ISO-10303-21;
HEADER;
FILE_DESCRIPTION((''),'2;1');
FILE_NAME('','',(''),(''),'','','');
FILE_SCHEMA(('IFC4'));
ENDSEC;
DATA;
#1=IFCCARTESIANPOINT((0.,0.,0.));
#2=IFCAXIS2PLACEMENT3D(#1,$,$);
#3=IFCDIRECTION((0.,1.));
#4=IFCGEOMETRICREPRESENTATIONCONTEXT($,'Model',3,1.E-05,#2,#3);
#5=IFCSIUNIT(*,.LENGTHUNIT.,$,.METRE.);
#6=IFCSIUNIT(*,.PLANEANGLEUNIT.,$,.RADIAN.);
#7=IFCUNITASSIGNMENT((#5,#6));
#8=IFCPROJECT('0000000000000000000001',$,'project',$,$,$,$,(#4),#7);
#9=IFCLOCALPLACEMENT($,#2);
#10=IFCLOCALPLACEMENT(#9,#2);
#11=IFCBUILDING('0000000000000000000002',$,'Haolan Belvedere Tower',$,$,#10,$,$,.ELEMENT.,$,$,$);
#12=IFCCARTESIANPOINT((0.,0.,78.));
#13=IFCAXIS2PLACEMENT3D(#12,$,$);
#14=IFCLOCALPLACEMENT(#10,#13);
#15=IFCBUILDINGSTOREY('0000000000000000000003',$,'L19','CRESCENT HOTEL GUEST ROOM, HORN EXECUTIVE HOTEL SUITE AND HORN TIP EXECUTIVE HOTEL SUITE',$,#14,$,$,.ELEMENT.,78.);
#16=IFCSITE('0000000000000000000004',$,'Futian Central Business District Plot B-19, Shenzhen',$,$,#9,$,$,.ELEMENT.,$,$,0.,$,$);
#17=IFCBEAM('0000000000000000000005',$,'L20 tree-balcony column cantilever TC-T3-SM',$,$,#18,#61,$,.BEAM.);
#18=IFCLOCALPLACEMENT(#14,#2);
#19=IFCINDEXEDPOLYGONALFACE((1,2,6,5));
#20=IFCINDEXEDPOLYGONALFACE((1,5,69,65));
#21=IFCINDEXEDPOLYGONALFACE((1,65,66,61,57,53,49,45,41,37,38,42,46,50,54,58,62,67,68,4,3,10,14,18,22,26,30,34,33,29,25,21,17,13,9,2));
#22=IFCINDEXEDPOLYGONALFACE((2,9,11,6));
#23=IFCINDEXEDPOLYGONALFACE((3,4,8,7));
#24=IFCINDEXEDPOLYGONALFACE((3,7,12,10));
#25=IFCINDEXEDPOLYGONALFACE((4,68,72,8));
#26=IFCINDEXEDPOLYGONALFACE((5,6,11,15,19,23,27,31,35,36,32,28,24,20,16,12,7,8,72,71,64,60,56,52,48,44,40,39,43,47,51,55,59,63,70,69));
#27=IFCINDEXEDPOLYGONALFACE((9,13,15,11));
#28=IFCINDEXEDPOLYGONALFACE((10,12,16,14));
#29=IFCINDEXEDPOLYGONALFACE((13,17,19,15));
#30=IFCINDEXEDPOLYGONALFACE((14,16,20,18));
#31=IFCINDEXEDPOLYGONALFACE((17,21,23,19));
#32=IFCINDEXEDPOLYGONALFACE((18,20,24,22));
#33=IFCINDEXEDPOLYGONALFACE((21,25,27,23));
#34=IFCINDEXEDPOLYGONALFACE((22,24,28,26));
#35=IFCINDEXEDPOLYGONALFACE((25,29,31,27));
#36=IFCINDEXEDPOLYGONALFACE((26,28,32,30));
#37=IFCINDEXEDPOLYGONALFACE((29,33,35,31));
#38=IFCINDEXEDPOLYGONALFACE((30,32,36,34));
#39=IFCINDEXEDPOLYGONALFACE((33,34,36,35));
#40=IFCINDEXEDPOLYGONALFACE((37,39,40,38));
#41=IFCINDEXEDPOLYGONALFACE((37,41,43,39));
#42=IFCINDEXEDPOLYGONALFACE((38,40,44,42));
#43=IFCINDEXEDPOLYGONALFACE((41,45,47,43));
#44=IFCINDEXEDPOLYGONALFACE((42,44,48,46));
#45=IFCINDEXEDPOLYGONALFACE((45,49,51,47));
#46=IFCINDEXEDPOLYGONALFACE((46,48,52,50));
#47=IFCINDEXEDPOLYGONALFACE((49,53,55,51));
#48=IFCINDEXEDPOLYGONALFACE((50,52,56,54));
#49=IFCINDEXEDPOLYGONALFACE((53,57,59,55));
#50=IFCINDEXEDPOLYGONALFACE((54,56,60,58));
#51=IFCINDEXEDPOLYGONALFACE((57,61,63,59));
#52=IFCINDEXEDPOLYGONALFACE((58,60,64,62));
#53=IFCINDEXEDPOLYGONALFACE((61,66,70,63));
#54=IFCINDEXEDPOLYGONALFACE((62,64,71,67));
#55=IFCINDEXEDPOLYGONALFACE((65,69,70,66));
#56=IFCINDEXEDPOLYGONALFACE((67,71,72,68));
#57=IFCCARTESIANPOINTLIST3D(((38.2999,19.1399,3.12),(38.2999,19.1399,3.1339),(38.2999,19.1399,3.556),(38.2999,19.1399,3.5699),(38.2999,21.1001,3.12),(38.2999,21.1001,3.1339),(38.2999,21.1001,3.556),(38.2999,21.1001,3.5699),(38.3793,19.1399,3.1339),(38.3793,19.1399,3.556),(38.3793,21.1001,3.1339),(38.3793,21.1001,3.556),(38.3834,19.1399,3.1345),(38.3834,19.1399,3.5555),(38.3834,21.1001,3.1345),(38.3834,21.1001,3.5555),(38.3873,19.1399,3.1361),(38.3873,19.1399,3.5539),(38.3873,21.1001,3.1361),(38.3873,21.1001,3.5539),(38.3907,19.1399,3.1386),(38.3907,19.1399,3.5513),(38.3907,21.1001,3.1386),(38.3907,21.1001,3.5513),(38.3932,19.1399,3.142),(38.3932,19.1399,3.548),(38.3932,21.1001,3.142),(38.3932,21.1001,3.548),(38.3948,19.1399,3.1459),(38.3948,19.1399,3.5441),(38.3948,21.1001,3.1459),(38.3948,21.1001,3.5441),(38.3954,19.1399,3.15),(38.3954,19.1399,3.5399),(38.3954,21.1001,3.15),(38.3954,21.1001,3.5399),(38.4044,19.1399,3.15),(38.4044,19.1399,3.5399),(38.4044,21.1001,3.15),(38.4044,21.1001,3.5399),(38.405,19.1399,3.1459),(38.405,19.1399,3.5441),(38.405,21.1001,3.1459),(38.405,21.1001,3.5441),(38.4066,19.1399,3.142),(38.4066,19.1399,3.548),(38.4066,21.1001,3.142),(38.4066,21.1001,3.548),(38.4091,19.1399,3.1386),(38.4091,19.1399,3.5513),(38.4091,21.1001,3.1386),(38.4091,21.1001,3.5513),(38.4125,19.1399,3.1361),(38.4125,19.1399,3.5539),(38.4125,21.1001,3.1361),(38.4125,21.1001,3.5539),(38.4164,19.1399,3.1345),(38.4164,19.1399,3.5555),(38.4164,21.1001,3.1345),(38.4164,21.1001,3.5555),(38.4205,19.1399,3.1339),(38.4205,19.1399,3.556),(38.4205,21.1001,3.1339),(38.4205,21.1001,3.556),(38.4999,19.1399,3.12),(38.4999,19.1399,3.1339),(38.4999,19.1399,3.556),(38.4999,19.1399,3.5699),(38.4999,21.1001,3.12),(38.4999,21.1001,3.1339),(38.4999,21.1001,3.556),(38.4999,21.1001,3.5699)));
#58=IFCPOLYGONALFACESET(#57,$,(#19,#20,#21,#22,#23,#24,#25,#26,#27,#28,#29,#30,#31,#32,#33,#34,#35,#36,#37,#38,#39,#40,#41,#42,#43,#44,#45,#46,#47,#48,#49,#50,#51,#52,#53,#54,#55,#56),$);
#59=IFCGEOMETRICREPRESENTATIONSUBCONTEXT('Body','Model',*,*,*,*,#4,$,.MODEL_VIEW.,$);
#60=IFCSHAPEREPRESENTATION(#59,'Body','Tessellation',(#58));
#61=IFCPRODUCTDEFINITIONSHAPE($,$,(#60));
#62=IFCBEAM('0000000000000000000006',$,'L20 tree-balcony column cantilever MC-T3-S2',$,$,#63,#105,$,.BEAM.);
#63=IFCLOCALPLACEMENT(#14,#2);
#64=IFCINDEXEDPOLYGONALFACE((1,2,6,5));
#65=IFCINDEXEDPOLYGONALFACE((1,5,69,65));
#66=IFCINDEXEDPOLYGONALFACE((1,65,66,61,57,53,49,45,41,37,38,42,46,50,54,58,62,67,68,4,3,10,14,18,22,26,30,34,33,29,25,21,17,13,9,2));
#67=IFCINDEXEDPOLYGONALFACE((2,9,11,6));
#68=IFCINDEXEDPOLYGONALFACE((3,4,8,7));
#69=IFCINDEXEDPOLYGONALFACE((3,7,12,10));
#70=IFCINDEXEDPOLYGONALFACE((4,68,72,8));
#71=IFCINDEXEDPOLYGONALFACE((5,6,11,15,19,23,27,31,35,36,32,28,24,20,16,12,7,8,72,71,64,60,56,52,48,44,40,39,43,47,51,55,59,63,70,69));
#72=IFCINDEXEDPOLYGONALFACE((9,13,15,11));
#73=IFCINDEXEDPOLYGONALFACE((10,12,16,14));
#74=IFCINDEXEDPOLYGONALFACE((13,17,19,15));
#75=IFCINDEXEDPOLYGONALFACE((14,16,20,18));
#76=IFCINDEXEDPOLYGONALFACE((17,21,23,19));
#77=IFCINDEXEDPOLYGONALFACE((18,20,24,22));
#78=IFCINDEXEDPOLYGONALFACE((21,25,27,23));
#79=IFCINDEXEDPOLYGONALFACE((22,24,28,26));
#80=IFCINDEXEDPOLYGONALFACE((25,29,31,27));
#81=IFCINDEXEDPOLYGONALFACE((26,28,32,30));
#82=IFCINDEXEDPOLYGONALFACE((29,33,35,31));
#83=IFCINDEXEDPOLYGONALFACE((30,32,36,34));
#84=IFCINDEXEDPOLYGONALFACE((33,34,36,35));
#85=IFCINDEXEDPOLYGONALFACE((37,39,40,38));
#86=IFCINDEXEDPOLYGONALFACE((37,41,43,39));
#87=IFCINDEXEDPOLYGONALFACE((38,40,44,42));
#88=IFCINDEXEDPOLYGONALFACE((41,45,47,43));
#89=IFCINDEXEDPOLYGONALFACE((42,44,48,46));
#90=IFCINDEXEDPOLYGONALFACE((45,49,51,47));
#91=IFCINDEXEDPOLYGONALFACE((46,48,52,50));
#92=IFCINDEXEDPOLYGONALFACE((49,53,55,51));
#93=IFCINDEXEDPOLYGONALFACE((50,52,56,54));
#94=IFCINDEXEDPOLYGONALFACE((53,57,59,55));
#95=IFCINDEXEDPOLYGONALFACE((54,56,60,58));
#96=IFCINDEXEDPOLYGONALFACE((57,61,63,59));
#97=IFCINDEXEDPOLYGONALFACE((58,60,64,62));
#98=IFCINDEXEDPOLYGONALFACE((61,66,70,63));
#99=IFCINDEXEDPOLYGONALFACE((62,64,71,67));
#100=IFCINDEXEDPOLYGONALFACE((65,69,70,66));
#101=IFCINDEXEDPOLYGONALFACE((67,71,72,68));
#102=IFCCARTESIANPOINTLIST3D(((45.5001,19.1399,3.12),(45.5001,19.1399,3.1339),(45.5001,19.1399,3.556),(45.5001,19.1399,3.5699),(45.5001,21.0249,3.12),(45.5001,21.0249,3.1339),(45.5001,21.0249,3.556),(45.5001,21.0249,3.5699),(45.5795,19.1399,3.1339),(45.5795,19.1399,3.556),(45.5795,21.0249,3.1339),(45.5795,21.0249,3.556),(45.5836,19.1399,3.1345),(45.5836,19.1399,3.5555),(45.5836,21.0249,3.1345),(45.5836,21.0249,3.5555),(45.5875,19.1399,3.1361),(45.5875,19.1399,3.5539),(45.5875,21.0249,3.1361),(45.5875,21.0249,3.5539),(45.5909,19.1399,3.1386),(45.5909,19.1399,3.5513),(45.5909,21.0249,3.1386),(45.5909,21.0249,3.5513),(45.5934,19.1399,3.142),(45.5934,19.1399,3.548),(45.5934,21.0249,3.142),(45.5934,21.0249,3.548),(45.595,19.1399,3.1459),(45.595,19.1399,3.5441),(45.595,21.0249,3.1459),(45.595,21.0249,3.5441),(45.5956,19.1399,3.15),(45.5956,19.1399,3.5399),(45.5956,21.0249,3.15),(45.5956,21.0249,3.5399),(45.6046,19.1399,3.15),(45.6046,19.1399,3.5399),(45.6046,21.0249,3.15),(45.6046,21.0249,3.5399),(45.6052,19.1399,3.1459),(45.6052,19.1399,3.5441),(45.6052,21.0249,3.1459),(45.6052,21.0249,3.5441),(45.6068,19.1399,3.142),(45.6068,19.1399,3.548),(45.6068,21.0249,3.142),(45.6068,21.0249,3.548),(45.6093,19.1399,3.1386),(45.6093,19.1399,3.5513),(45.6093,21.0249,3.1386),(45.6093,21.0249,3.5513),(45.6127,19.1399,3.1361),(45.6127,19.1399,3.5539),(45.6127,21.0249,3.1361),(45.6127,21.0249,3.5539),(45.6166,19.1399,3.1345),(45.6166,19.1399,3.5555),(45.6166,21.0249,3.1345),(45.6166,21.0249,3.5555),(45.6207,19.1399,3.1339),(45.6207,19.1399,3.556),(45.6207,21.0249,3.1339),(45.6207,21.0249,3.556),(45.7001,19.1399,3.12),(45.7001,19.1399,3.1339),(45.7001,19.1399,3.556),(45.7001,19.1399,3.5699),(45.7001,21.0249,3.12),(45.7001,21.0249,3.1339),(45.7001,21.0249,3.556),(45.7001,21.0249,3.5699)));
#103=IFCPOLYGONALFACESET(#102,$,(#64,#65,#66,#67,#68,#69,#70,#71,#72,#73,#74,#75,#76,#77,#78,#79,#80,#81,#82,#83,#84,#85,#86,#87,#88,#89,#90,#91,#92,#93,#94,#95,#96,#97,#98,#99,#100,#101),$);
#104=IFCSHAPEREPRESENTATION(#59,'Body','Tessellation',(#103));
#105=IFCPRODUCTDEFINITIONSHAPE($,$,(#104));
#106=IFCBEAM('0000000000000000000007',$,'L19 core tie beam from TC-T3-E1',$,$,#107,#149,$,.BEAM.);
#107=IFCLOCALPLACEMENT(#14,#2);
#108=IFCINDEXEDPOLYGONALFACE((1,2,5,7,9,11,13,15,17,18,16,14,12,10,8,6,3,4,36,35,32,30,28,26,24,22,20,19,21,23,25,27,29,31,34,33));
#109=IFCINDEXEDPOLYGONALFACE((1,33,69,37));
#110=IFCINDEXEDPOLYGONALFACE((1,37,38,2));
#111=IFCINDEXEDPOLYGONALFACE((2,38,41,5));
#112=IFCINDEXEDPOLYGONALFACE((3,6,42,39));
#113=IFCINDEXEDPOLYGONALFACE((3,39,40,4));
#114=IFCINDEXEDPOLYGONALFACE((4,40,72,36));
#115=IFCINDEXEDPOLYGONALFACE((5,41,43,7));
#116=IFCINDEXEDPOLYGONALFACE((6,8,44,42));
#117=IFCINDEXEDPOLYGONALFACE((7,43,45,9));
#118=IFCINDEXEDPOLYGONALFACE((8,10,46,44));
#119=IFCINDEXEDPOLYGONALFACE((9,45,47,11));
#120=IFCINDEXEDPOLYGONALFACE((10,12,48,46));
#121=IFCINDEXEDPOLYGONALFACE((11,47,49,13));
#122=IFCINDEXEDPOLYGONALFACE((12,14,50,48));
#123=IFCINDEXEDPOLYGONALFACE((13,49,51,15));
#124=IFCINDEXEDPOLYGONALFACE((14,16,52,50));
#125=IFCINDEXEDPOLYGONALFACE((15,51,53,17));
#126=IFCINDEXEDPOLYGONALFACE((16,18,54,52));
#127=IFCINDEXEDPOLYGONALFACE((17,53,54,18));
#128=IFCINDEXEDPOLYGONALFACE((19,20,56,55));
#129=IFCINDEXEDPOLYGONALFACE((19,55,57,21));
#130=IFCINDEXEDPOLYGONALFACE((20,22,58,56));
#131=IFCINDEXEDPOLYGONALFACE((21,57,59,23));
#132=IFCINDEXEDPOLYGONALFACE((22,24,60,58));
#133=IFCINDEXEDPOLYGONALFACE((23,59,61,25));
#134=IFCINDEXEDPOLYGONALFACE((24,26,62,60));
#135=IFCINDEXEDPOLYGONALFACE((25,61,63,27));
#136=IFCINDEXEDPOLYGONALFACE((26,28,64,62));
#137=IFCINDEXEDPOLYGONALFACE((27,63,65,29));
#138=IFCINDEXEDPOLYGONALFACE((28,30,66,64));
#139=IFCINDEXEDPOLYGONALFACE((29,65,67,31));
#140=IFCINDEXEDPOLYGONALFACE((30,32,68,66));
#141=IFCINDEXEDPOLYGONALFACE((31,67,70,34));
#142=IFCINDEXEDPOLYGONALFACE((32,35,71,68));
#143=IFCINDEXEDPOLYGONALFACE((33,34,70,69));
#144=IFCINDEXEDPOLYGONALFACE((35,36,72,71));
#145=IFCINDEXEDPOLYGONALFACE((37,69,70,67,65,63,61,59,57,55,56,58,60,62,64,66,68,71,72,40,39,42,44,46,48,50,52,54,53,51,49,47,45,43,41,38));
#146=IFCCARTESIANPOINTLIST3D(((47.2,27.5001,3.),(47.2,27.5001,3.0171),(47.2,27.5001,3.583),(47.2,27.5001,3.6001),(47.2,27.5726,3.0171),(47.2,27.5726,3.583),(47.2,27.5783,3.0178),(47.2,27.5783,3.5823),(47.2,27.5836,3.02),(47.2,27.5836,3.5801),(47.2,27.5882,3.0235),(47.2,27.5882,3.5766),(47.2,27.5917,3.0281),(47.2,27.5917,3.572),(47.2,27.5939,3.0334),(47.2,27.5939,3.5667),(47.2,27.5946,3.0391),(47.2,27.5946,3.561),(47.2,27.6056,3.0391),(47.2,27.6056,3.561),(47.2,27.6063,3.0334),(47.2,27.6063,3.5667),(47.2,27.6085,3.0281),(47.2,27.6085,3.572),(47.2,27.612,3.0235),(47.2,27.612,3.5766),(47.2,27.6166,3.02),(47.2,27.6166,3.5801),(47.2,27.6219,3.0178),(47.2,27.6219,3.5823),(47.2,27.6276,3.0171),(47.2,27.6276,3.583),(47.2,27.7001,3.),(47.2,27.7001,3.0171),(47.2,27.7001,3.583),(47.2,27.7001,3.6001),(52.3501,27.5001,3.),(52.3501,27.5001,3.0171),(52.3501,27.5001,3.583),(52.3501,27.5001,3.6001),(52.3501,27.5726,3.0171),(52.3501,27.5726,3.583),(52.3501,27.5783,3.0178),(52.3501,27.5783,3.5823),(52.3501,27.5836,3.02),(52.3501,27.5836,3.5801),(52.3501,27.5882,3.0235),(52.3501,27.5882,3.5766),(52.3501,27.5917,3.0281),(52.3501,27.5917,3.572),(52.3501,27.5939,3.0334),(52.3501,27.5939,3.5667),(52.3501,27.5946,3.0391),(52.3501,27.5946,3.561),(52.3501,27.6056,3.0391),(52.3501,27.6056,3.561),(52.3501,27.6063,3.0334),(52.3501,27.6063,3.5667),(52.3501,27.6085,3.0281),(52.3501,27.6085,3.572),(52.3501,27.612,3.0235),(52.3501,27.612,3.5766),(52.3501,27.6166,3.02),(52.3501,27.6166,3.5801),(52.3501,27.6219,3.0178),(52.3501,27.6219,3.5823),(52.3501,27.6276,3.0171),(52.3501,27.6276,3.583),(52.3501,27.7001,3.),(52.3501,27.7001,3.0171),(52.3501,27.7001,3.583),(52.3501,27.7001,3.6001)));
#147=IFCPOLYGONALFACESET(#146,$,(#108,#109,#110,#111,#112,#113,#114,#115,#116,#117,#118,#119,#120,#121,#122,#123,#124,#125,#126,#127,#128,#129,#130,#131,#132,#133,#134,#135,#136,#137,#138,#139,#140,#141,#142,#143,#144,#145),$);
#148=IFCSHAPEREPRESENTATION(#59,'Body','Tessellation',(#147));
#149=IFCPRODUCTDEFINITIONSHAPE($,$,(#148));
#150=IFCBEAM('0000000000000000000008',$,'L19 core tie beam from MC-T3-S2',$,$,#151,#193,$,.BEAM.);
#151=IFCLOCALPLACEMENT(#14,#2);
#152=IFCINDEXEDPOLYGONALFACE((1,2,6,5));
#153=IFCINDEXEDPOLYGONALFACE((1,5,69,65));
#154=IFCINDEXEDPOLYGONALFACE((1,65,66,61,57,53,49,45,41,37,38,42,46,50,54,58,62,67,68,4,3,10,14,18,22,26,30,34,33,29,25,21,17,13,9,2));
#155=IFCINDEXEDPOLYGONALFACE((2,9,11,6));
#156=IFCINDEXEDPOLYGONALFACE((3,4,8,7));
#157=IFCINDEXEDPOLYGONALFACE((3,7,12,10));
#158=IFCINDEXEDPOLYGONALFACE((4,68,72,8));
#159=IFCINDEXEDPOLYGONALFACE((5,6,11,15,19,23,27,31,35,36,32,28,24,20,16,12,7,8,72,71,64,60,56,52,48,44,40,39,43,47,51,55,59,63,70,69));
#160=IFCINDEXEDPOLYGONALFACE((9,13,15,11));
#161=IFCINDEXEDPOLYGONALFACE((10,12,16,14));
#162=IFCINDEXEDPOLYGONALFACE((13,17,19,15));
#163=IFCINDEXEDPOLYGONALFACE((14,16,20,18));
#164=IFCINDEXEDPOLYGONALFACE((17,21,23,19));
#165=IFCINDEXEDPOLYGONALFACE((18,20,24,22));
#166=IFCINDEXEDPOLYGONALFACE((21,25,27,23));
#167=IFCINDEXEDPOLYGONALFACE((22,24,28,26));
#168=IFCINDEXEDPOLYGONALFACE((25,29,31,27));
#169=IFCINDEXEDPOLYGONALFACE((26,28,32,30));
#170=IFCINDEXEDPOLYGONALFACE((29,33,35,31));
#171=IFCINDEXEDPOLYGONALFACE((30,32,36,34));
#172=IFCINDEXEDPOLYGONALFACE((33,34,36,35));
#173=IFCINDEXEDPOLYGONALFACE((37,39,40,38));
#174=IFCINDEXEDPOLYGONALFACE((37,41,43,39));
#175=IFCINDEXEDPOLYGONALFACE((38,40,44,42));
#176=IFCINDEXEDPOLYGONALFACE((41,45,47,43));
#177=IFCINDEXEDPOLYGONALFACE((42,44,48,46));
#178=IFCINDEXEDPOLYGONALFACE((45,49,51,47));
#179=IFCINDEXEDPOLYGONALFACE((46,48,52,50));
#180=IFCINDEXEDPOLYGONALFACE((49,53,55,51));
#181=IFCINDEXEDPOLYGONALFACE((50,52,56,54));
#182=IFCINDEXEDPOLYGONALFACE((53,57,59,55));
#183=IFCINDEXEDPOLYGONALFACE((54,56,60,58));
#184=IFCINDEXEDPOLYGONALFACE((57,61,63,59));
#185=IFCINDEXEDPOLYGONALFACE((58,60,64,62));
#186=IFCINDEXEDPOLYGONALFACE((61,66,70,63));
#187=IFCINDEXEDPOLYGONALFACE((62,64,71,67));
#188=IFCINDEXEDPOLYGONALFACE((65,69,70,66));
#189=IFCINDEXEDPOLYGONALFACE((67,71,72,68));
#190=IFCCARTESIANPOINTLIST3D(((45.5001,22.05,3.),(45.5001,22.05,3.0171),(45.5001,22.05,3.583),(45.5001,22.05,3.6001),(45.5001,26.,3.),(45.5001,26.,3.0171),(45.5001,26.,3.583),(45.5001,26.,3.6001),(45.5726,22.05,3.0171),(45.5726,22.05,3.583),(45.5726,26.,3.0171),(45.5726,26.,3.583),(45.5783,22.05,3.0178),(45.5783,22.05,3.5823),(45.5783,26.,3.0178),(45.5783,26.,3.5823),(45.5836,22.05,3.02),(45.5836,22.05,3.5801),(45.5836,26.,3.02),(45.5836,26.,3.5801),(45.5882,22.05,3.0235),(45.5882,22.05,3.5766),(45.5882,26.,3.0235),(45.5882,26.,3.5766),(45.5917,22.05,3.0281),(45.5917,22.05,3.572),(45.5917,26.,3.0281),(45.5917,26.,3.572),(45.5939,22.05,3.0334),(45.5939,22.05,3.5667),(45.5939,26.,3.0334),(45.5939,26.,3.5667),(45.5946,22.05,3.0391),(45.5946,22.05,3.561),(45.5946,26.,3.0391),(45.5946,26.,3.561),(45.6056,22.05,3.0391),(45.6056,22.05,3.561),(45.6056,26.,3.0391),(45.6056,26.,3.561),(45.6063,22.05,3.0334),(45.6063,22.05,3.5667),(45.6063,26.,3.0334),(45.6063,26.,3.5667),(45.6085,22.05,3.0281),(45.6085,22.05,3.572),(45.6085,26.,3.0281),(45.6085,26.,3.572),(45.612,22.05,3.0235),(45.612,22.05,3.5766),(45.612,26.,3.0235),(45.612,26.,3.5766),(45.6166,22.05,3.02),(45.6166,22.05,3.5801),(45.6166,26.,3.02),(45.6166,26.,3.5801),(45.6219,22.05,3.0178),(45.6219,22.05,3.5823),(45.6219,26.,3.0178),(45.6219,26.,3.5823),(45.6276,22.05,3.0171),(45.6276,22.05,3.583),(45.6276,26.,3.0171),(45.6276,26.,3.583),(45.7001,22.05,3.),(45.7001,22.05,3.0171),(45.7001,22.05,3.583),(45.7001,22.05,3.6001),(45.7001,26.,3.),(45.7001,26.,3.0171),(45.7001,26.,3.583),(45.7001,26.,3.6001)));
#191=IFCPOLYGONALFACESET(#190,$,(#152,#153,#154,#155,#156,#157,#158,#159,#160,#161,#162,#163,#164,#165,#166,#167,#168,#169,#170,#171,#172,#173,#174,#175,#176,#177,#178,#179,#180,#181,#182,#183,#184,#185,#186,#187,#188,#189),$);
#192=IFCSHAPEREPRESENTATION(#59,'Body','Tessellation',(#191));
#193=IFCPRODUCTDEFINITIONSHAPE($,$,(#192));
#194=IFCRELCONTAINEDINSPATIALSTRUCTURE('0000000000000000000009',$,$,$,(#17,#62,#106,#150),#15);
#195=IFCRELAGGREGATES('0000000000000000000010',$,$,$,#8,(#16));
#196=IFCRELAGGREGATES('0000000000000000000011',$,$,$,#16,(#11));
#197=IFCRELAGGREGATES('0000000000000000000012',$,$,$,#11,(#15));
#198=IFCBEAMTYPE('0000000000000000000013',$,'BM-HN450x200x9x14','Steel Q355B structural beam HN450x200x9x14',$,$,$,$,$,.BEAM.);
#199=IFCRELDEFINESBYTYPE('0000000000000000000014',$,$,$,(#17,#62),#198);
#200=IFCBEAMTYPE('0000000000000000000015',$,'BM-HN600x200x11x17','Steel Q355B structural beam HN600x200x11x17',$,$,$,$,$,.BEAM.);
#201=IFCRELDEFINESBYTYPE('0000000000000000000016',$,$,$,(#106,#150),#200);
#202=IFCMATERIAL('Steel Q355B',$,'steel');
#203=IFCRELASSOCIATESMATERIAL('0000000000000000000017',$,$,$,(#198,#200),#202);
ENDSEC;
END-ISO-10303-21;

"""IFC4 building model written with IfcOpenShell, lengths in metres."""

from ifc_helpers import new_model, si_unit, direction, frame, origin, origin_2d, place, context, subcontext, project, spatial, i_section, extrude, material, material_profile, profile_set, type_object, element, save


model = new_model("IFC4")

# Units and contexts
model_context = context("Model", 3, precision=1e-05, world=origin(), true_north=direction((0.0, 1.0)))
body_context = subcontext(model_context, "Body", "Model", "MODEL_VIEW")
ifc_project = project(units=[si_unit("LENGTHUNIT", "METRE"), si_unit("PLANEANGLEUNIT", "RADIAN")], contexts=[model_context])

# Site, building, storey
site_placement = place(None, origin())
site = spatial("IfcSite", under=ifc_project, at=site_placement, Name="Futian Central Business District Plot B-19, Shenzhen", CompositionType="ELEMENT", RefElevation=0.0)
building_placement = place(site_placement, origin())
building = spatial("IfcBuilding", under=site, at=building_placement, Name="Haolan Belvedere Tower", CompositionType="ELEMENT")
storey_placement = place(building_placement, frame((0.0, 0.0, 78.0)))
storey = spatial("IfcBuildingStorey", under=building, at=storey_placement, Name="L19", Description="CRESCENT HOTEL GUEST ROOM, HORN EXECUTIVE HOTEL SUITE AND HORN TIP EXECUTIVE HOTEL SUITE", CompositionType="ELEMENT", Elevation=78.0)

# Shared definitions
ifc_material_1 = material(Name="Steel Q355B", Category="steel")

# Beams
ifc_material_profile_1 = material_profile(ifc_material_1, i_section(OverallWidth=0.2, OverallDepth=0.45, WebThickness=0.009, FlangeThickness=0.0139, FilletRadius=0.0161, at=origin_2d()), Name="Steel Q355B")
ifc_profile_set_1 = profile_set([ifc_material_profile_1], Name="Steel Q355B")
beam_type_1 = type_object("IfcBeamType", Name="BM-HN450x200x9x14", Description="Steel Q355B structural beam HN450x200x9x14", PredefinedType="BEAM", material=ifc_profile_set_1)
beam_1_placement = place(storey_placement, frame((38.3999, 21.1001, 3.345), z_axis=(0.0, -1.0, 0.0), x_axis=(1.0, 0.0, 0.0)))
element("IfcBeam", 1, at=beam_1_placement, inside=storey, type_object=beam_type_1, Name="L20 tree-balcony column cantilever TC-T3-SM", PredefinedType="BEAM", context=body_context, shape_type="SweptSolid", body=[
    extrude(i_section(OverallWidth=0.2, OverallDepth=0.45, WebThickness=0.009, FlangeThickness=0.0139, FilletRadius=0.0161, at=origin_2d()), origin(), (0.0, 0.0, 1.0), 1.9602),
])
beam_2_placement = place(storey_placement, frame((45.6001, 21.0249, 3.345), z_axis=(0.0, -1.0, 0.0), x_axis=(1.0, 0.0, 0.0)))
element("IfcBeam", 2, at=beam_2_placement, inside=storey, type_object=beam_type_1, Name="L20 tree-balcony column cantilever MC-T3-S2", PredefinedType="BEAM", context=body_context, shape_type="SweptSolid", body=[
    extrude(i_section(OverallWidth=0.2, OverallDepth=0.45, WebThickness=0.009, FlangeThickness=0.0139, FilletRadius=0.0161, at=origin_2d()), origin(), (0.0, 0.0, 1.0), 1.885),
])
ifc_material_profile_2 = material_profile(ifc_material_1, i_section(OverallWidth=0.2, OverallDepth=0.6001, WebThickness=0.011, FlangeThickness=0.0171, FilletRadius=0.022, at=origin_2d()), Name="Steel Q355B")
ifc_profile_set_2 = profile_set([ifc_material_profile_2], Name="Steel Q355B")
beam_type_2 = type_object("IfcBeamType", Name="BM-HN600x200x11x17", Description="Steel Q355B structural beam HN600x200x11x17", PredefinedType="BEAM", material=ifc_profile_set_2)
beam_3_placement = place(storey_placement, frame((52.3501, 27.6001, 3.3), z_axis=(-1.0, 0.0, 0.0), x_axis=(0.0, -1.0, 0.0)))
element("IfcBeam", 3, at=beam_3_placement, inside=storey, type_object=beam_type_2, Name="L19 core tie beam from TC-T3-E1", PredefinedType="BEAM", context=body_context, shape_type="SweptSolid", body=[
    extrude(i_section(OverallWidth=0.2, OverallDepth=0.6001, WebThickness=0.011, FlangeThickness=0.0171, FilletRadius=0.022, at=origin_2d()), origin(), (0.0, 0.0, 1.0), 5.1501),
])
beam_4_placement = place(storey_placement, frame((45.6001, 22.05, 3.3), z_axis=(0.0, 1.0, 0.0), x_axis=(-1.0, 0.0, 0.0)))
element("IfcBeam", 4, at=beam_4_placement, inside=storey, type_object=beam_type_2, Name="L19 core tie beam from MC-T3-S2", PredefinedType="BEAM", context=body_context, shape_type="SweptSolid", body=[
    extrude(i_section(OverallWidth=0.2, OverallDepth=0.6001, WebThickness=0.011, FlangeThickness=0.0171, FilletRadius=0.022, at=origin_2d()), origin(), (0.0, 0.0, 1.0), 3.95),
])

save(model, "model.ifc")
